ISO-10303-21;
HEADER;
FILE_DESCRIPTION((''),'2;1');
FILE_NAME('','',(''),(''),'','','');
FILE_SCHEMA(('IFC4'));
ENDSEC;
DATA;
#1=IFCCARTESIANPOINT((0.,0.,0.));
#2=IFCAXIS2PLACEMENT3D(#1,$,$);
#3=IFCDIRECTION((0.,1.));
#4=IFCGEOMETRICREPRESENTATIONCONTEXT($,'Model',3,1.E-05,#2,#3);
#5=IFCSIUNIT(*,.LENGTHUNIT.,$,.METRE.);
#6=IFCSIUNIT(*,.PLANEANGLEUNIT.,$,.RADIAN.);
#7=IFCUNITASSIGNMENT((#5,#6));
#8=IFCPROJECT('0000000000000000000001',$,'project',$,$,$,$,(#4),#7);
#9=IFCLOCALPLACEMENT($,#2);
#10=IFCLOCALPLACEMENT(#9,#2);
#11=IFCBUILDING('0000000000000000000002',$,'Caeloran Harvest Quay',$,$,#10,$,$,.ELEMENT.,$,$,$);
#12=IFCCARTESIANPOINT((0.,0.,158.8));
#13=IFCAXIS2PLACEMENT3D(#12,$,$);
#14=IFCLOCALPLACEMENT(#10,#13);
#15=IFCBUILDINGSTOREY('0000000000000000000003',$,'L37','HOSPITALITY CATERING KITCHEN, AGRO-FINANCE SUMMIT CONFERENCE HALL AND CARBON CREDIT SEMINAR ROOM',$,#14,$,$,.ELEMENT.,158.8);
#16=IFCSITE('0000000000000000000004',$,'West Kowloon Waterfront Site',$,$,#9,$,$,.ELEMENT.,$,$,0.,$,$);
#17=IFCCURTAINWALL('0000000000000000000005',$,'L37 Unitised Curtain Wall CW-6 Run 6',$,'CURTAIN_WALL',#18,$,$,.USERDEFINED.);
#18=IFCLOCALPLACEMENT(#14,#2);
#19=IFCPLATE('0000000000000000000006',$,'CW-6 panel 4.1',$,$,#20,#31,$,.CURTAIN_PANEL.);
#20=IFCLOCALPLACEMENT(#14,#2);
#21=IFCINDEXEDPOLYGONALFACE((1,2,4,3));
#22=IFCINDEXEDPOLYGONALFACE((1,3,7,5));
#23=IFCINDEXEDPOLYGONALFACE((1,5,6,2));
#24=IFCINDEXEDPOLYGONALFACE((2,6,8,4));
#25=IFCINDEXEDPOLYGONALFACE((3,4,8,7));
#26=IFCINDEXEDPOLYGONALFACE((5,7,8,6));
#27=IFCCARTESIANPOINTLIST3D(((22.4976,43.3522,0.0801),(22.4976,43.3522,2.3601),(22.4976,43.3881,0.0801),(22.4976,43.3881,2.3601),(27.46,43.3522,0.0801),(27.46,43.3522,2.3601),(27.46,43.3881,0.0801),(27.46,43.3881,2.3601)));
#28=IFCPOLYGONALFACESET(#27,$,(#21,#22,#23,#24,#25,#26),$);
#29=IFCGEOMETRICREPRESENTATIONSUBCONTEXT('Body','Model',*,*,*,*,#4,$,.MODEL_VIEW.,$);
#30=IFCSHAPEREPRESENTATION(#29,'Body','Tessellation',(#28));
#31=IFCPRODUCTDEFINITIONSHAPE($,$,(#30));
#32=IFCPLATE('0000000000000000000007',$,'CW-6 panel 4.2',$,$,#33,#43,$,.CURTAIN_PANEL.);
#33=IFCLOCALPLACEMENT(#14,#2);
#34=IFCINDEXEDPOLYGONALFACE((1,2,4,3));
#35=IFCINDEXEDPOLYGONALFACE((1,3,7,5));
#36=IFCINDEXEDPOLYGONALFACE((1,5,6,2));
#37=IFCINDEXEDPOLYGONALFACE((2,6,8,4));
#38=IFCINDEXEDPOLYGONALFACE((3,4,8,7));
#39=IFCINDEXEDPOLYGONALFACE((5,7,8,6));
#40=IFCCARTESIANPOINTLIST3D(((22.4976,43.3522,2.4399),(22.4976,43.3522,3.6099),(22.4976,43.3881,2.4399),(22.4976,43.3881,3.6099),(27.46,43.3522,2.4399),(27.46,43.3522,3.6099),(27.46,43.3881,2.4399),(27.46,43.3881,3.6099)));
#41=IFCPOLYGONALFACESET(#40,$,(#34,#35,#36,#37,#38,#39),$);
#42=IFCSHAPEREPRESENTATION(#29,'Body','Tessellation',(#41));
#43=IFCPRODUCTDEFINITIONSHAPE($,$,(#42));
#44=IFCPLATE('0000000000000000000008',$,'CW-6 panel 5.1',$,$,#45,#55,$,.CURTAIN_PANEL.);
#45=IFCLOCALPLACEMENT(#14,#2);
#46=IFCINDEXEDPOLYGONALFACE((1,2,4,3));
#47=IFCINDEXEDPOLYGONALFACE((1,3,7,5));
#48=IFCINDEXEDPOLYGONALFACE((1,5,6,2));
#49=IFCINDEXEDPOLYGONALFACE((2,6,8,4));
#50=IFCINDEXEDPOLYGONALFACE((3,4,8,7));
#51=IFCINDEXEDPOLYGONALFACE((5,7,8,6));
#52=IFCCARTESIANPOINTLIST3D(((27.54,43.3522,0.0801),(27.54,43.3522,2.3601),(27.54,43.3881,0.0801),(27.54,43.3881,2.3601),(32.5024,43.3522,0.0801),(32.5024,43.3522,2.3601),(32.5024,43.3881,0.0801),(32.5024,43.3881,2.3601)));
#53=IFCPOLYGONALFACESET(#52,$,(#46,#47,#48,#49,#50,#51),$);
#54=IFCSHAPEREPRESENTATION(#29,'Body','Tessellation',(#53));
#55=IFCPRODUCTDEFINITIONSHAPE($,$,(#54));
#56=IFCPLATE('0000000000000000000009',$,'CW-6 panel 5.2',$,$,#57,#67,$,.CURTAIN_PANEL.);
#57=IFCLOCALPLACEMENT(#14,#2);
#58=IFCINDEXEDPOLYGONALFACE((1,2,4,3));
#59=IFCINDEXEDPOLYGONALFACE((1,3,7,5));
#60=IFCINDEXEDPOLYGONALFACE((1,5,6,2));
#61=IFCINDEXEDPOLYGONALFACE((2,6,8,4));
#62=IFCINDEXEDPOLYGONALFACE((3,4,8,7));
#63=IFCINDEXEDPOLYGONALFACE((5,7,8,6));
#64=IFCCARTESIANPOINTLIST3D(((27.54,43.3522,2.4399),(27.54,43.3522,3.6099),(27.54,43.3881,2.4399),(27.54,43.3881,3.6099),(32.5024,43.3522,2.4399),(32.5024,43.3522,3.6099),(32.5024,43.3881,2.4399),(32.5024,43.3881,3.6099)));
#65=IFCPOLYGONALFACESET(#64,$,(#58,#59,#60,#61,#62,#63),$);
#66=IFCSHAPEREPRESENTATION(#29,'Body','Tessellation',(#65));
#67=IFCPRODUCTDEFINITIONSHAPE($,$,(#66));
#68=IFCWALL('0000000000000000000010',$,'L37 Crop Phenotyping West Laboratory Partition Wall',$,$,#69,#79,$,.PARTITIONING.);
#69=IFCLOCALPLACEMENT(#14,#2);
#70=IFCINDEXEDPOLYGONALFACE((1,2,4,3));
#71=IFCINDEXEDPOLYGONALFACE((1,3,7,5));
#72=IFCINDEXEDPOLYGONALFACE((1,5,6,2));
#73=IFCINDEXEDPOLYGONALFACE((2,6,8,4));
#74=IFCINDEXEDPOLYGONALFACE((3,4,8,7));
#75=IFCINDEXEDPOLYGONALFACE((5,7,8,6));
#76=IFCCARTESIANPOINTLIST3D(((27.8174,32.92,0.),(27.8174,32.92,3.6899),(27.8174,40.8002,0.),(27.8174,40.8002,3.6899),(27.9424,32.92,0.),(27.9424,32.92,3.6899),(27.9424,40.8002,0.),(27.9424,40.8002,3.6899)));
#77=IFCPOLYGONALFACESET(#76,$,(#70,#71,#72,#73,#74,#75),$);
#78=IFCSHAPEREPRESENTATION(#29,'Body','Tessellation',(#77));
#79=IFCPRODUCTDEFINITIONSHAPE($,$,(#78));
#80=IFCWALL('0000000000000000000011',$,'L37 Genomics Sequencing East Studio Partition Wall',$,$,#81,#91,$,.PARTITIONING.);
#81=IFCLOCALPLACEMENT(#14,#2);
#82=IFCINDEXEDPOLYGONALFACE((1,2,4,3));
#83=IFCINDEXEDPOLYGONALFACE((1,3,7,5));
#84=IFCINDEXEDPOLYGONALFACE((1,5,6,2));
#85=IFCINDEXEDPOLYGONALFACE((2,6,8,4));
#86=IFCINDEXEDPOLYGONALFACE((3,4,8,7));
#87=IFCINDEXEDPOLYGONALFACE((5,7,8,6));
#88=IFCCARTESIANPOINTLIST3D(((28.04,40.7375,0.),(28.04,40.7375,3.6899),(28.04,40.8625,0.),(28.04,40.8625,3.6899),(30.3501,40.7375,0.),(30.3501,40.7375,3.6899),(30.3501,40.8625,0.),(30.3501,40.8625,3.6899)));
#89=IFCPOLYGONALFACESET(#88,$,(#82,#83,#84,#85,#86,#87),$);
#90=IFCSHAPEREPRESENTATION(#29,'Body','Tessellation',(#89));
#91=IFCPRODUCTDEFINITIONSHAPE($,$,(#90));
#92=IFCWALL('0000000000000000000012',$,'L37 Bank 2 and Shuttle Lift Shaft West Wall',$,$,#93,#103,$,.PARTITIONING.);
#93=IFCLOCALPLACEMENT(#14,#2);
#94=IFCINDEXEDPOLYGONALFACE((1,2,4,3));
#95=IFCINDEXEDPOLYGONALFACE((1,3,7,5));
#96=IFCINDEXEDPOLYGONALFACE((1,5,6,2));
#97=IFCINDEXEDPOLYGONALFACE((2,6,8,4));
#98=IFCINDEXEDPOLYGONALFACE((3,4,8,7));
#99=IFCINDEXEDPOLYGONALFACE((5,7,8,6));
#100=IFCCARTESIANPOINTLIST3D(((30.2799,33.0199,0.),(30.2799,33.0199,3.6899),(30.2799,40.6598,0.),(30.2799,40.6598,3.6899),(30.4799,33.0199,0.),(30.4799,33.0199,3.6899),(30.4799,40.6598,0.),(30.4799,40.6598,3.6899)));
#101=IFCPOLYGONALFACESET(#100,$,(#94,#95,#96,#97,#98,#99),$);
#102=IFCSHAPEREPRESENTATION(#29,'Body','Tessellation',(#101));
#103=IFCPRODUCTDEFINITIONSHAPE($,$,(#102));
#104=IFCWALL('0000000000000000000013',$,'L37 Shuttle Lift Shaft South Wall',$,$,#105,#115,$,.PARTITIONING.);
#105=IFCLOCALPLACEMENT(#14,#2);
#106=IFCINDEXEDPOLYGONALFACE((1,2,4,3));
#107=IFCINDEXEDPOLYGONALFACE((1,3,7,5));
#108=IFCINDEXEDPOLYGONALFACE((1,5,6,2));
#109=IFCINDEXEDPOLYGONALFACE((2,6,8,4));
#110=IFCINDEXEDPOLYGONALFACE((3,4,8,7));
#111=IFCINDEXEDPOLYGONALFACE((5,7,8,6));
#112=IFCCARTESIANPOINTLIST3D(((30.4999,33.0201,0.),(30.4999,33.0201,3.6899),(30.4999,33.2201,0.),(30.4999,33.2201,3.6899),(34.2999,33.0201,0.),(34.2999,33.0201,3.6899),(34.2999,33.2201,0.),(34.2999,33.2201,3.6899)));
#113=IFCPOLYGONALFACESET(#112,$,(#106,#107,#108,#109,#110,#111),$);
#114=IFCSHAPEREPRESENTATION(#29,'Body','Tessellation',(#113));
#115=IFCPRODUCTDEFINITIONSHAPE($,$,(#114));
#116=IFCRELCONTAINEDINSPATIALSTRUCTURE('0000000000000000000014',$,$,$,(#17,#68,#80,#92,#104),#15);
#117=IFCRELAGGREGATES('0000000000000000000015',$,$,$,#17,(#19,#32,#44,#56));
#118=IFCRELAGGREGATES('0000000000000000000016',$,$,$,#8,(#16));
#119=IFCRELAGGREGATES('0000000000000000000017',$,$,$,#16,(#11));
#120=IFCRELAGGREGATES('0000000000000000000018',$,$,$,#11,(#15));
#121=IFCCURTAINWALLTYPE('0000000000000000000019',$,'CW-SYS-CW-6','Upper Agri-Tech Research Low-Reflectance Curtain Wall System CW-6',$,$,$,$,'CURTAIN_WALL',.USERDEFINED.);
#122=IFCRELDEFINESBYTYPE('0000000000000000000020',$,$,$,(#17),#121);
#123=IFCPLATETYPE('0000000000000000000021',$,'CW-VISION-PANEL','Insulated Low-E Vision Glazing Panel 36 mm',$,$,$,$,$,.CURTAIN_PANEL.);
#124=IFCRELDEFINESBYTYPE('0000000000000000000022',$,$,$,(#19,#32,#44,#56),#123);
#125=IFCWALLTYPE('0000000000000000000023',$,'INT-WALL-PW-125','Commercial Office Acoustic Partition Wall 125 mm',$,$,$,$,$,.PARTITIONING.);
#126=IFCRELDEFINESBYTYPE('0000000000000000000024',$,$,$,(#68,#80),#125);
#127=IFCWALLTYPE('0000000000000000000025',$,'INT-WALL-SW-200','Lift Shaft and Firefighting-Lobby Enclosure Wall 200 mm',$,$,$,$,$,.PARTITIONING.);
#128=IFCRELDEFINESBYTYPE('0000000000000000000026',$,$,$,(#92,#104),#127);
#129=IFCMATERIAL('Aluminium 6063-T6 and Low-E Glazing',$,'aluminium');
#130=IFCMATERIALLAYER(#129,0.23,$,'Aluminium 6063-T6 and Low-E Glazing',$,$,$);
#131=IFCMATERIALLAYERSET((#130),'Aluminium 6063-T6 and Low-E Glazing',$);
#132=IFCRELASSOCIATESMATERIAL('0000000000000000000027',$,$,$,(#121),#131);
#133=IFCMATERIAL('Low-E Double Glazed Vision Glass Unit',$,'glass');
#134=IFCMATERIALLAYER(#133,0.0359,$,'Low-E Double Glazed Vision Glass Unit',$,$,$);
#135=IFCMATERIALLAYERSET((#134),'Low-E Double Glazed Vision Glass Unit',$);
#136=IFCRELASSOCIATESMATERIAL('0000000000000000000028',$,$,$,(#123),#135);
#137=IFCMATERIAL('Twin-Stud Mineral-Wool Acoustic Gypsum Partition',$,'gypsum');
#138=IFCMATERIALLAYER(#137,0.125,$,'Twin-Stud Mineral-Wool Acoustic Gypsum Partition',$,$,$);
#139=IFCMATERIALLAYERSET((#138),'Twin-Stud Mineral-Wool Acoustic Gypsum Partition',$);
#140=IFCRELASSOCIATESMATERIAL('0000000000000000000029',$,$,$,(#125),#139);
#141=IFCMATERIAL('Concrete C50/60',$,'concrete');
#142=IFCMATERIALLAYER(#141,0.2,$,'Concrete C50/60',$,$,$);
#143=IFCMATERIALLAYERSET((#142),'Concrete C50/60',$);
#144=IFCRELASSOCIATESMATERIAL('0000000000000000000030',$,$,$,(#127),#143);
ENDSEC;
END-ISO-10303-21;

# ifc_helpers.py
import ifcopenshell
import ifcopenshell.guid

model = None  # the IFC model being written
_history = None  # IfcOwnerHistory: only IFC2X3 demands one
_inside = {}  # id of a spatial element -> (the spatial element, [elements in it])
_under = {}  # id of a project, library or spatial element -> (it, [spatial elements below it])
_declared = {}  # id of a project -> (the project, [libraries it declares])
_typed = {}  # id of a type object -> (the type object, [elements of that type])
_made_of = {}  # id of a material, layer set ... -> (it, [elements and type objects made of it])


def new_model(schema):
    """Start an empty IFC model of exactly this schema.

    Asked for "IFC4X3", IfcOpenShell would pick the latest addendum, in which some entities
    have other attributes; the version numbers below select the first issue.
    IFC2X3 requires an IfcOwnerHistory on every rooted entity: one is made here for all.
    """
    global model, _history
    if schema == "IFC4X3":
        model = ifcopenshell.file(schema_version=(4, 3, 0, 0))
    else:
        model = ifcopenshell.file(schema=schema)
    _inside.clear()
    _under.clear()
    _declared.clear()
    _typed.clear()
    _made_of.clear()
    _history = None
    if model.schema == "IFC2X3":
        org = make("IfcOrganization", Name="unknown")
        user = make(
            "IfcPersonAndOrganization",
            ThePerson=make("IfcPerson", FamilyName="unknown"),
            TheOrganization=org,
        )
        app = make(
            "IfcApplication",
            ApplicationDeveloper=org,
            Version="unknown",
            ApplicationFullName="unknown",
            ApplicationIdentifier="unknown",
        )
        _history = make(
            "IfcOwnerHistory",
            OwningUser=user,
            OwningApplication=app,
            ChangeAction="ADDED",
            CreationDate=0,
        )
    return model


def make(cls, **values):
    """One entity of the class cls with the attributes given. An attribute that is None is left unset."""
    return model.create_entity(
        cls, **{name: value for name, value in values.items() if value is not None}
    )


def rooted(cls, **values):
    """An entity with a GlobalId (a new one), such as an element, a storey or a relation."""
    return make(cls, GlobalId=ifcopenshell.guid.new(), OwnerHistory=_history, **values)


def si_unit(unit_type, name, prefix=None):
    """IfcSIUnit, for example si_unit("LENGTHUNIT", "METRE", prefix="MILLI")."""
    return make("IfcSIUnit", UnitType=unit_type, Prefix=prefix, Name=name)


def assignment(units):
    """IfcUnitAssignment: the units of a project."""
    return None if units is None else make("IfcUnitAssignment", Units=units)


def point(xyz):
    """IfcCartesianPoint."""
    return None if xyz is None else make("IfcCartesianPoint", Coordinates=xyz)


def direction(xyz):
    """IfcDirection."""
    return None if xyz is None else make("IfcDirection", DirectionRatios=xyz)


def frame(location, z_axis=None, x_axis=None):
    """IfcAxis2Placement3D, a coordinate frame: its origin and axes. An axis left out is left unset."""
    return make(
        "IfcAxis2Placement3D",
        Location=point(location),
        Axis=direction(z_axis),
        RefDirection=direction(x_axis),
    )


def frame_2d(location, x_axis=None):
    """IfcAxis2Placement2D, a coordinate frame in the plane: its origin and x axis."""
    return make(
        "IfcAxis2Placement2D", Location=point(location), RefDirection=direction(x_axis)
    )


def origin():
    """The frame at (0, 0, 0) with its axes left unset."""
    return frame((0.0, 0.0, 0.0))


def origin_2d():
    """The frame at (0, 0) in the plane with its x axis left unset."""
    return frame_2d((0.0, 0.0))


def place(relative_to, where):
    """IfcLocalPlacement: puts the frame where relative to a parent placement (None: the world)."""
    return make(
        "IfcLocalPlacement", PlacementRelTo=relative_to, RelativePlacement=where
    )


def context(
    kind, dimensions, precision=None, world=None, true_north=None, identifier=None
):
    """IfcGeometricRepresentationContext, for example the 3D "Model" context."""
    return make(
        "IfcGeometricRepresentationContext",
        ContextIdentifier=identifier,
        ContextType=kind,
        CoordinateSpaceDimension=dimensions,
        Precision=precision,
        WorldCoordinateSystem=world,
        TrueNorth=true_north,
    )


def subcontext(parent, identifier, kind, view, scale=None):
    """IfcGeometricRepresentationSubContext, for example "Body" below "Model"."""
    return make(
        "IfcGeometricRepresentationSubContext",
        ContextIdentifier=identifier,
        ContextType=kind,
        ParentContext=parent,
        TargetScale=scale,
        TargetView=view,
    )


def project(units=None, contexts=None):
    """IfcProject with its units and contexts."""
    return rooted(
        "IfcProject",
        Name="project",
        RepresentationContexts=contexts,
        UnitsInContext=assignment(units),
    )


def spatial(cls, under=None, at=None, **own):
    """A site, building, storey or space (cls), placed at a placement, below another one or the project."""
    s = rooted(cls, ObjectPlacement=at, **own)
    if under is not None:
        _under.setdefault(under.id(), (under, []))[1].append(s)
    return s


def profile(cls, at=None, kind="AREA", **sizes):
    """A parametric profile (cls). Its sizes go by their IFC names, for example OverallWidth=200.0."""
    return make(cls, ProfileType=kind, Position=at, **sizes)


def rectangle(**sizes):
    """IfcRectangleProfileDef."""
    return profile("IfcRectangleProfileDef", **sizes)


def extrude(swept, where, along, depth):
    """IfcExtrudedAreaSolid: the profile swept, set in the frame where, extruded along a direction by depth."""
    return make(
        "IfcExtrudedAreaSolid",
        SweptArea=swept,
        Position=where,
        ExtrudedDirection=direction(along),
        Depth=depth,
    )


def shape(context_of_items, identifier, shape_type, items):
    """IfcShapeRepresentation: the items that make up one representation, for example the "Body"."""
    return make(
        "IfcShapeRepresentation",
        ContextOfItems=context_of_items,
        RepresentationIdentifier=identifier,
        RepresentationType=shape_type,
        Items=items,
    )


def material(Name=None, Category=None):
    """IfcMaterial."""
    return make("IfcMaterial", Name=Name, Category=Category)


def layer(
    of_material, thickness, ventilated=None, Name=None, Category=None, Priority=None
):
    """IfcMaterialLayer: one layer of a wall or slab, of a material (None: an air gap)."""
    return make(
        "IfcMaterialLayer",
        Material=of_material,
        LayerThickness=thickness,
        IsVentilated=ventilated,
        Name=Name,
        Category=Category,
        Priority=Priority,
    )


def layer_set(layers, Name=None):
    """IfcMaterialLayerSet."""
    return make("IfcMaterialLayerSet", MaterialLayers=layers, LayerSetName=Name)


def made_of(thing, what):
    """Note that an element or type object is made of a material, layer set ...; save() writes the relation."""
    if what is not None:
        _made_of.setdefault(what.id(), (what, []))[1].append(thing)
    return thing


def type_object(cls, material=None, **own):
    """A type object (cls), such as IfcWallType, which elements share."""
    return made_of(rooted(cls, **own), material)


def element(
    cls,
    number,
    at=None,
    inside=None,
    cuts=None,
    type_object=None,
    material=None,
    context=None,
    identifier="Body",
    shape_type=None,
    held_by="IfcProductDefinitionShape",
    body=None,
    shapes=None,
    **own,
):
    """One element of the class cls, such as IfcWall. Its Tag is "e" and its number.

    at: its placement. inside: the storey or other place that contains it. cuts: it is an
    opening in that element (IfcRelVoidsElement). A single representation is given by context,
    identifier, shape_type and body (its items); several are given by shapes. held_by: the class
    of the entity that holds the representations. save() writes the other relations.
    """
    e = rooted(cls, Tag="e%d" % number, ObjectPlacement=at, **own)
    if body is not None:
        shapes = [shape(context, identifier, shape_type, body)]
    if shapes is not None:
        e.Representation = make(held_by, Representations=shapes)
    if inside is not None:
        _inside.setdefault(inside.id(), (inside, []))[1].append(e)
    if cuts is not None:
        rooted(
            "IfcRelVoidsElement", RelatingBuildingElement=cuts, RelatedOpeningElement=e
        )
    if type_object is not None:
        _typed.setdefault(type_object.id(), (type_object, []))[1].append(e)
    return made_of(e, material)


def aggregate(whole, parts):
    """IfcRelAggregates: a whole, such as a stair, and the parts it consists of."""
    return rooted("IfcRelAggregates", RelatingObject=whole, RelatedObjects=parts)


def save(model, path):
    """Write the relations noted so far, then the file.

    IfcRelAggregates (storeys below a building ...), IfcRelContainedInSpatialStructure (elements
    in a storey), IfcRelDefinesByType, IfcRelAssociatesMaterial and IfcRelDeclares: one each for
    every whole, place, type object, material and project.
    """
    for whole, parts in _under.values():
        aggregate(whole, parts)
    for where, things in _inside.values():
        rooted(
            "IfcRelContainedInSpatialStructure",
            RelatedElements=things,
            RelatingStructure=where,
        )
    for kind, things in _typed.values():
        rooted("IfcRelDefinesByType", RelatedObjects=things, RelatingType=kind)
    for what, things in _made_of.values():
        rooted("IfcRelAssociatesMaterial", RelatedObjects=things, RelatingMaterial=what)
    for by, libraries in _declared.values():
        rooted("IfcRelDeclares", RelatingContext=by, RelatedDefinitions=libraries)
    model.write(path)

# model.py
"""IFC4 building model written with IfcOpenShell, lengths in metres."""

from ifc_helpers import new_model, si_unit, direction, frame, frame_2d, origin, origin_2d, place, context, subcontext, project, spatial, rectangle, extrude, material, layer, layer_set, type_object, element, aggregate, save


model = new_model("IFC4")

# Units and contexts
model_context = context("Model", 3, precision=1e-05, world=origin(), true_north=direction((0.0, 1.0)))
body_context = subcontext(model_context, "Body", "Model", "MODEL_VIEW")
ifc_project = project(units=[si_unit("LENGTHUNIT", "METRE"), si_unit("PLANEANGLEUNIT", "RADIAN")], contexts=[model_context])

# Site, building, storey
site_placement = place(None, origin())
site = spatial("IfcSite", under=ifc_project, at=site_placement, Name="West Kowloon Waterfront Site", CompositionType="ELEMENT", RefElevation=0.0)
building_placement = place(site_placement, origin())
building = spatial("IfcBuilding", under=site, at=building_placement, Name="Caeloran Harvest Quay", CompositionType="ELEMENT")
storey_placement = place(building_placement, frame((0.0, 0.0, 158.8)))
storey = spatial("IfcBuildingStorey", under=building, at=storey_placement, Name="L37", Description="HOSPITALITY CATERING KITCHEN, AGRO-FINANCE SUMMIT CONFERENCE HALL AND CARBON CREDIT SEMINAR ROOM", CompositionType="ELEMENT", Elevation=158.8)

# Curtain wall, plates
ifc_material_1 = material(Name="Aluminium 6063-T6 and Low-E Glazing", Category="aluminium")
ifc_layer_1 = layer(ifc_material_1, 0.23, Name="Aluminium 6063-T6 and Low-E Glazing")
ifc_layer_set_1 = layer_set([ifc_layer_1], Name="Aluminium 6063-T6 and Low-E Glazing")
curtain_wall_type = type_object("IfcCurtainWallType", Name="CW-SYS-CW-6", Description="Upper Agri-Tech Research Low-Reflectance Curtain Wall System CW-6", ElementType="CURTAIN_WALL", PredefinedType="USERDEFINED", material=ifc_layer_set_1)
curtain_wall_placement = place(storey_placement, origin())
curtain_wall = element("IfcCurtainWall", 1, at=curtain_wall_placement, inside=storey, type_object=curtain_wall_type, Name="L37 Unitised Curtain Wall CW-6 Run 6", ObjectType="CURTAIN_WALL", PredefinedType="USERDEFINED")
ifc_material_2 = material(Name="Low-E Double Glazed Vision Glass Unit", Category="glass")
ifc_layer_2 = layer(ifc_material_2, 0.0359, Name="Low-E Double Glazed Vision Glass Unit")
ifc_layer_set_2 = layer_set([ifc_layer_2], Name="Low-E Double Glazed Vision Glass Unit")
plate_type = type_object("IfcPlateType", Name="CW-VISION-PANEL", Description="Insulated Low-E Vision Glazing Panel 36 mm", PredefinedType="CURTAIN_PANEL", material=ifc_layer_set_2)
plate_1_placement = place(storey_placement, frame((24.9788, 43.3701, 0.0801), z_axis=(0.0, 0.0, 1.0), x_axis=(1.0, 0.0, 0.0)))
plate_1 = element("IfcPlate", 2, at=plate_1_placement, type_object=plate_type, Name="CW-6 panel 4.1", PredefinedType="CURTAIN_PANEL", context=body_context, shape_type="SweptSolid", body=[
    extrude(rectangle(XDim=4.9624, YDim=0.0359, at=origin_2d()), origin(), (0.0, 0.0, 1.0), 2.28),
])
plate_2_placement = place(storey_placement, frame((24.9788, 43.3701, 2.4399), z_axis=(0.0, 0.0, 1.0), x_axis=(1.0, 0.0, 0.0)))
plate_2 = element("IfcPlate", 3, at=plate_2_placement, type_object=plate_type, Name="CW-6 panel 4.2", PredefinedType="CURTAIN_PANEL", context=body_context, shape_type="SweptSolid", body=[
    extrude(rectangle(XDim=4.9624, YDim=0.0359, at=origin_2d()), origin(), (0.0, 0.0, 1.0), 1.1699),
])
plate_3_placement = place(storey_placement, frame((30.0212, 43.3701, 0.0801), z_axis=(0.0, 0.0, 1.0), x_axis=(1.0, 0.0, 0.0)))
plate_3 = element("IfcPlate", 4, at=plate_3_placement, type_object=plate_type, Name="CW-6 panel 5.1", PredefinedType="CURTAIN_PANEL", context=body_context, shape_type="SweptSolid", body=[
    extrude(rectangle(XDim=4.9624, YDim=0.0359, at=origin_2d()), origin(), (0.0, 0.0, 1.0), 2.28),
])
plate_4_placement = place(storey_placement, frame((30.0212, 43.3701, 2.4399), z_axis=(0.0, 0.0, 1.0), x_axis=(1.0, 0.0, 0.0)))
plate_4 = element("IfcPlate", 5, at=plate_4_placement, type_object=plate_type, Name="CW-6 panel 5.2", PredefinedType="CURTAIN_PANEL", context=body_context, shape_type="SweptSolid", body=[
    extrude(rectangle(XDim=4.9624, YDim=0.0359, at=origin_2d()), origin(), (0.0, 0.0, 1.0), 1.1699),
])
aggregate(curtain_wall, [plate_1, plate_2, plate_3, plate_4])

# Wall
ifc_material_3 = material(Name="Twin-Stud Mineral-Wool Acoustic Gypsum Partition", Category="gypsum")
ifc_layer_3 = layer(ifc_material_3, 0.125, Name="Twin-Stud Mineral-Wool Acoustic Gypsum Partition")
ifc_layer_set_3 = layer_set([ifc_layer_3], Name="Twin-Stud Mineral-Wool Acoustic Gypsum Partition")
wall_type_1 = type_object("IfcWallType", Name="INT-WALL-PW-125", Description="Commercial Office Acoustic Partition Wall 125 mm", PredefinedType="PARTITIONING", material=ifc_layer_set_3)
wall_1_placement = place(storey_placement, frame((27.8799, 40.8, 0.0), z_axis=(0.0, 0.0, 1.0), x_axis=(0.0, -1.0, 0.0)))
element("IfcWall", 6, at=wall_1_placement, inside=storey, type_object=wall_type_1, Name="L37 Crop Phenotyping West Laboratory Partition Wall", PredefinedType="PARTITIONING", context=body_context, shape_type="SweptSolid", body=[
    extrude(rectangle(XDim=7.8801, YDim=0.125, at=frame_2d((3.9399, 0.0))), origin(), (0.0, 0.0, 1.0), 3.6899),
])

# Walls
wall_2_placement = place(storey_placement, frame((28.04, 40.8, 0.0), z_axis=(0.0, 0.0, 1.0), x_axis=(1.0, 0.0, 0.0)))
element("IfcWall", 7, at=wall_2_placement, inside=storey, type_object=wall_type_1, Name="L37 Genomics Sequencing East Studio Partition Wall", PredefinedType="PARTITIONING", context=body_context, shape_type="SweptSolid", body=[
    extrude(rectangle(XDim=2.3101, YDim=0.125, at=frame_2d((1.155, 0.0))), origin(), (0.0, 0.0, 1.0), 3.6899),
])
ifc_material_4 = material(Name="Concrete C50/60", Category="concrete")
ifc_layer_4 = layer(ifc_material_4, 0.2, Name="Concrete C50/60")
ifc_layer_set_4 = layer_set([ifc_layer_4], Name="Concrete C50/60")
wall_type_2 = type_object("IfcWallType", Name="INT-WALL-SW-200", Description="Lift Shaft and Firefighting-Lobby Enclosure Wall 200 mm", PredefinedType="PARTITIONING", material=ifc_layer_set_4)
wall_3_placement = place(storey_placement, frame((30.3799, 33.02, 0.0), z_axis=(0.0, 0.0, 1.0), x_axis=(0.0, 1.0, 0.0)))
element("IfcWall", 8, at=wall_3_placement, inside=storey, type_object=wall_type_2, Name="L37 Bank 2 and Shuttle Lift Shaft West Wall", PredefinedType="PARTITIONING", context=body_context, shape_type="SweptSolid", body=[
    extrude(rectangle(XDim=7.6399, YDim=0.2, at=frame_2d((3.8198, 0.0))), origin(), (0.0, 0.0, 1.0), 3.6899),
])
wall_4_placement = place(storey_placement, frame((30.5, 33.1201, 0.0), z_axis=(0.0, 0.0, 1.0), x_axis=(1.0, 0.0, 0.0)))
element("IfcWall", 9, at=wall_4_placement, inside=storey, type_object=wall_type_2, Name="L37 Shuttle Lift Shaft South Wall", PredefinedType="PARTITIONING", context=body_context, shape_type="SweptSolid", body=[
    extrude(rectangle(XDim=3.8, YDim=0.2, at=frame_2d((1.8999, 0.0))), origin(), (0.0, 0.0, 1.0), 3.6899),
])

save(model, "model.ifc")
